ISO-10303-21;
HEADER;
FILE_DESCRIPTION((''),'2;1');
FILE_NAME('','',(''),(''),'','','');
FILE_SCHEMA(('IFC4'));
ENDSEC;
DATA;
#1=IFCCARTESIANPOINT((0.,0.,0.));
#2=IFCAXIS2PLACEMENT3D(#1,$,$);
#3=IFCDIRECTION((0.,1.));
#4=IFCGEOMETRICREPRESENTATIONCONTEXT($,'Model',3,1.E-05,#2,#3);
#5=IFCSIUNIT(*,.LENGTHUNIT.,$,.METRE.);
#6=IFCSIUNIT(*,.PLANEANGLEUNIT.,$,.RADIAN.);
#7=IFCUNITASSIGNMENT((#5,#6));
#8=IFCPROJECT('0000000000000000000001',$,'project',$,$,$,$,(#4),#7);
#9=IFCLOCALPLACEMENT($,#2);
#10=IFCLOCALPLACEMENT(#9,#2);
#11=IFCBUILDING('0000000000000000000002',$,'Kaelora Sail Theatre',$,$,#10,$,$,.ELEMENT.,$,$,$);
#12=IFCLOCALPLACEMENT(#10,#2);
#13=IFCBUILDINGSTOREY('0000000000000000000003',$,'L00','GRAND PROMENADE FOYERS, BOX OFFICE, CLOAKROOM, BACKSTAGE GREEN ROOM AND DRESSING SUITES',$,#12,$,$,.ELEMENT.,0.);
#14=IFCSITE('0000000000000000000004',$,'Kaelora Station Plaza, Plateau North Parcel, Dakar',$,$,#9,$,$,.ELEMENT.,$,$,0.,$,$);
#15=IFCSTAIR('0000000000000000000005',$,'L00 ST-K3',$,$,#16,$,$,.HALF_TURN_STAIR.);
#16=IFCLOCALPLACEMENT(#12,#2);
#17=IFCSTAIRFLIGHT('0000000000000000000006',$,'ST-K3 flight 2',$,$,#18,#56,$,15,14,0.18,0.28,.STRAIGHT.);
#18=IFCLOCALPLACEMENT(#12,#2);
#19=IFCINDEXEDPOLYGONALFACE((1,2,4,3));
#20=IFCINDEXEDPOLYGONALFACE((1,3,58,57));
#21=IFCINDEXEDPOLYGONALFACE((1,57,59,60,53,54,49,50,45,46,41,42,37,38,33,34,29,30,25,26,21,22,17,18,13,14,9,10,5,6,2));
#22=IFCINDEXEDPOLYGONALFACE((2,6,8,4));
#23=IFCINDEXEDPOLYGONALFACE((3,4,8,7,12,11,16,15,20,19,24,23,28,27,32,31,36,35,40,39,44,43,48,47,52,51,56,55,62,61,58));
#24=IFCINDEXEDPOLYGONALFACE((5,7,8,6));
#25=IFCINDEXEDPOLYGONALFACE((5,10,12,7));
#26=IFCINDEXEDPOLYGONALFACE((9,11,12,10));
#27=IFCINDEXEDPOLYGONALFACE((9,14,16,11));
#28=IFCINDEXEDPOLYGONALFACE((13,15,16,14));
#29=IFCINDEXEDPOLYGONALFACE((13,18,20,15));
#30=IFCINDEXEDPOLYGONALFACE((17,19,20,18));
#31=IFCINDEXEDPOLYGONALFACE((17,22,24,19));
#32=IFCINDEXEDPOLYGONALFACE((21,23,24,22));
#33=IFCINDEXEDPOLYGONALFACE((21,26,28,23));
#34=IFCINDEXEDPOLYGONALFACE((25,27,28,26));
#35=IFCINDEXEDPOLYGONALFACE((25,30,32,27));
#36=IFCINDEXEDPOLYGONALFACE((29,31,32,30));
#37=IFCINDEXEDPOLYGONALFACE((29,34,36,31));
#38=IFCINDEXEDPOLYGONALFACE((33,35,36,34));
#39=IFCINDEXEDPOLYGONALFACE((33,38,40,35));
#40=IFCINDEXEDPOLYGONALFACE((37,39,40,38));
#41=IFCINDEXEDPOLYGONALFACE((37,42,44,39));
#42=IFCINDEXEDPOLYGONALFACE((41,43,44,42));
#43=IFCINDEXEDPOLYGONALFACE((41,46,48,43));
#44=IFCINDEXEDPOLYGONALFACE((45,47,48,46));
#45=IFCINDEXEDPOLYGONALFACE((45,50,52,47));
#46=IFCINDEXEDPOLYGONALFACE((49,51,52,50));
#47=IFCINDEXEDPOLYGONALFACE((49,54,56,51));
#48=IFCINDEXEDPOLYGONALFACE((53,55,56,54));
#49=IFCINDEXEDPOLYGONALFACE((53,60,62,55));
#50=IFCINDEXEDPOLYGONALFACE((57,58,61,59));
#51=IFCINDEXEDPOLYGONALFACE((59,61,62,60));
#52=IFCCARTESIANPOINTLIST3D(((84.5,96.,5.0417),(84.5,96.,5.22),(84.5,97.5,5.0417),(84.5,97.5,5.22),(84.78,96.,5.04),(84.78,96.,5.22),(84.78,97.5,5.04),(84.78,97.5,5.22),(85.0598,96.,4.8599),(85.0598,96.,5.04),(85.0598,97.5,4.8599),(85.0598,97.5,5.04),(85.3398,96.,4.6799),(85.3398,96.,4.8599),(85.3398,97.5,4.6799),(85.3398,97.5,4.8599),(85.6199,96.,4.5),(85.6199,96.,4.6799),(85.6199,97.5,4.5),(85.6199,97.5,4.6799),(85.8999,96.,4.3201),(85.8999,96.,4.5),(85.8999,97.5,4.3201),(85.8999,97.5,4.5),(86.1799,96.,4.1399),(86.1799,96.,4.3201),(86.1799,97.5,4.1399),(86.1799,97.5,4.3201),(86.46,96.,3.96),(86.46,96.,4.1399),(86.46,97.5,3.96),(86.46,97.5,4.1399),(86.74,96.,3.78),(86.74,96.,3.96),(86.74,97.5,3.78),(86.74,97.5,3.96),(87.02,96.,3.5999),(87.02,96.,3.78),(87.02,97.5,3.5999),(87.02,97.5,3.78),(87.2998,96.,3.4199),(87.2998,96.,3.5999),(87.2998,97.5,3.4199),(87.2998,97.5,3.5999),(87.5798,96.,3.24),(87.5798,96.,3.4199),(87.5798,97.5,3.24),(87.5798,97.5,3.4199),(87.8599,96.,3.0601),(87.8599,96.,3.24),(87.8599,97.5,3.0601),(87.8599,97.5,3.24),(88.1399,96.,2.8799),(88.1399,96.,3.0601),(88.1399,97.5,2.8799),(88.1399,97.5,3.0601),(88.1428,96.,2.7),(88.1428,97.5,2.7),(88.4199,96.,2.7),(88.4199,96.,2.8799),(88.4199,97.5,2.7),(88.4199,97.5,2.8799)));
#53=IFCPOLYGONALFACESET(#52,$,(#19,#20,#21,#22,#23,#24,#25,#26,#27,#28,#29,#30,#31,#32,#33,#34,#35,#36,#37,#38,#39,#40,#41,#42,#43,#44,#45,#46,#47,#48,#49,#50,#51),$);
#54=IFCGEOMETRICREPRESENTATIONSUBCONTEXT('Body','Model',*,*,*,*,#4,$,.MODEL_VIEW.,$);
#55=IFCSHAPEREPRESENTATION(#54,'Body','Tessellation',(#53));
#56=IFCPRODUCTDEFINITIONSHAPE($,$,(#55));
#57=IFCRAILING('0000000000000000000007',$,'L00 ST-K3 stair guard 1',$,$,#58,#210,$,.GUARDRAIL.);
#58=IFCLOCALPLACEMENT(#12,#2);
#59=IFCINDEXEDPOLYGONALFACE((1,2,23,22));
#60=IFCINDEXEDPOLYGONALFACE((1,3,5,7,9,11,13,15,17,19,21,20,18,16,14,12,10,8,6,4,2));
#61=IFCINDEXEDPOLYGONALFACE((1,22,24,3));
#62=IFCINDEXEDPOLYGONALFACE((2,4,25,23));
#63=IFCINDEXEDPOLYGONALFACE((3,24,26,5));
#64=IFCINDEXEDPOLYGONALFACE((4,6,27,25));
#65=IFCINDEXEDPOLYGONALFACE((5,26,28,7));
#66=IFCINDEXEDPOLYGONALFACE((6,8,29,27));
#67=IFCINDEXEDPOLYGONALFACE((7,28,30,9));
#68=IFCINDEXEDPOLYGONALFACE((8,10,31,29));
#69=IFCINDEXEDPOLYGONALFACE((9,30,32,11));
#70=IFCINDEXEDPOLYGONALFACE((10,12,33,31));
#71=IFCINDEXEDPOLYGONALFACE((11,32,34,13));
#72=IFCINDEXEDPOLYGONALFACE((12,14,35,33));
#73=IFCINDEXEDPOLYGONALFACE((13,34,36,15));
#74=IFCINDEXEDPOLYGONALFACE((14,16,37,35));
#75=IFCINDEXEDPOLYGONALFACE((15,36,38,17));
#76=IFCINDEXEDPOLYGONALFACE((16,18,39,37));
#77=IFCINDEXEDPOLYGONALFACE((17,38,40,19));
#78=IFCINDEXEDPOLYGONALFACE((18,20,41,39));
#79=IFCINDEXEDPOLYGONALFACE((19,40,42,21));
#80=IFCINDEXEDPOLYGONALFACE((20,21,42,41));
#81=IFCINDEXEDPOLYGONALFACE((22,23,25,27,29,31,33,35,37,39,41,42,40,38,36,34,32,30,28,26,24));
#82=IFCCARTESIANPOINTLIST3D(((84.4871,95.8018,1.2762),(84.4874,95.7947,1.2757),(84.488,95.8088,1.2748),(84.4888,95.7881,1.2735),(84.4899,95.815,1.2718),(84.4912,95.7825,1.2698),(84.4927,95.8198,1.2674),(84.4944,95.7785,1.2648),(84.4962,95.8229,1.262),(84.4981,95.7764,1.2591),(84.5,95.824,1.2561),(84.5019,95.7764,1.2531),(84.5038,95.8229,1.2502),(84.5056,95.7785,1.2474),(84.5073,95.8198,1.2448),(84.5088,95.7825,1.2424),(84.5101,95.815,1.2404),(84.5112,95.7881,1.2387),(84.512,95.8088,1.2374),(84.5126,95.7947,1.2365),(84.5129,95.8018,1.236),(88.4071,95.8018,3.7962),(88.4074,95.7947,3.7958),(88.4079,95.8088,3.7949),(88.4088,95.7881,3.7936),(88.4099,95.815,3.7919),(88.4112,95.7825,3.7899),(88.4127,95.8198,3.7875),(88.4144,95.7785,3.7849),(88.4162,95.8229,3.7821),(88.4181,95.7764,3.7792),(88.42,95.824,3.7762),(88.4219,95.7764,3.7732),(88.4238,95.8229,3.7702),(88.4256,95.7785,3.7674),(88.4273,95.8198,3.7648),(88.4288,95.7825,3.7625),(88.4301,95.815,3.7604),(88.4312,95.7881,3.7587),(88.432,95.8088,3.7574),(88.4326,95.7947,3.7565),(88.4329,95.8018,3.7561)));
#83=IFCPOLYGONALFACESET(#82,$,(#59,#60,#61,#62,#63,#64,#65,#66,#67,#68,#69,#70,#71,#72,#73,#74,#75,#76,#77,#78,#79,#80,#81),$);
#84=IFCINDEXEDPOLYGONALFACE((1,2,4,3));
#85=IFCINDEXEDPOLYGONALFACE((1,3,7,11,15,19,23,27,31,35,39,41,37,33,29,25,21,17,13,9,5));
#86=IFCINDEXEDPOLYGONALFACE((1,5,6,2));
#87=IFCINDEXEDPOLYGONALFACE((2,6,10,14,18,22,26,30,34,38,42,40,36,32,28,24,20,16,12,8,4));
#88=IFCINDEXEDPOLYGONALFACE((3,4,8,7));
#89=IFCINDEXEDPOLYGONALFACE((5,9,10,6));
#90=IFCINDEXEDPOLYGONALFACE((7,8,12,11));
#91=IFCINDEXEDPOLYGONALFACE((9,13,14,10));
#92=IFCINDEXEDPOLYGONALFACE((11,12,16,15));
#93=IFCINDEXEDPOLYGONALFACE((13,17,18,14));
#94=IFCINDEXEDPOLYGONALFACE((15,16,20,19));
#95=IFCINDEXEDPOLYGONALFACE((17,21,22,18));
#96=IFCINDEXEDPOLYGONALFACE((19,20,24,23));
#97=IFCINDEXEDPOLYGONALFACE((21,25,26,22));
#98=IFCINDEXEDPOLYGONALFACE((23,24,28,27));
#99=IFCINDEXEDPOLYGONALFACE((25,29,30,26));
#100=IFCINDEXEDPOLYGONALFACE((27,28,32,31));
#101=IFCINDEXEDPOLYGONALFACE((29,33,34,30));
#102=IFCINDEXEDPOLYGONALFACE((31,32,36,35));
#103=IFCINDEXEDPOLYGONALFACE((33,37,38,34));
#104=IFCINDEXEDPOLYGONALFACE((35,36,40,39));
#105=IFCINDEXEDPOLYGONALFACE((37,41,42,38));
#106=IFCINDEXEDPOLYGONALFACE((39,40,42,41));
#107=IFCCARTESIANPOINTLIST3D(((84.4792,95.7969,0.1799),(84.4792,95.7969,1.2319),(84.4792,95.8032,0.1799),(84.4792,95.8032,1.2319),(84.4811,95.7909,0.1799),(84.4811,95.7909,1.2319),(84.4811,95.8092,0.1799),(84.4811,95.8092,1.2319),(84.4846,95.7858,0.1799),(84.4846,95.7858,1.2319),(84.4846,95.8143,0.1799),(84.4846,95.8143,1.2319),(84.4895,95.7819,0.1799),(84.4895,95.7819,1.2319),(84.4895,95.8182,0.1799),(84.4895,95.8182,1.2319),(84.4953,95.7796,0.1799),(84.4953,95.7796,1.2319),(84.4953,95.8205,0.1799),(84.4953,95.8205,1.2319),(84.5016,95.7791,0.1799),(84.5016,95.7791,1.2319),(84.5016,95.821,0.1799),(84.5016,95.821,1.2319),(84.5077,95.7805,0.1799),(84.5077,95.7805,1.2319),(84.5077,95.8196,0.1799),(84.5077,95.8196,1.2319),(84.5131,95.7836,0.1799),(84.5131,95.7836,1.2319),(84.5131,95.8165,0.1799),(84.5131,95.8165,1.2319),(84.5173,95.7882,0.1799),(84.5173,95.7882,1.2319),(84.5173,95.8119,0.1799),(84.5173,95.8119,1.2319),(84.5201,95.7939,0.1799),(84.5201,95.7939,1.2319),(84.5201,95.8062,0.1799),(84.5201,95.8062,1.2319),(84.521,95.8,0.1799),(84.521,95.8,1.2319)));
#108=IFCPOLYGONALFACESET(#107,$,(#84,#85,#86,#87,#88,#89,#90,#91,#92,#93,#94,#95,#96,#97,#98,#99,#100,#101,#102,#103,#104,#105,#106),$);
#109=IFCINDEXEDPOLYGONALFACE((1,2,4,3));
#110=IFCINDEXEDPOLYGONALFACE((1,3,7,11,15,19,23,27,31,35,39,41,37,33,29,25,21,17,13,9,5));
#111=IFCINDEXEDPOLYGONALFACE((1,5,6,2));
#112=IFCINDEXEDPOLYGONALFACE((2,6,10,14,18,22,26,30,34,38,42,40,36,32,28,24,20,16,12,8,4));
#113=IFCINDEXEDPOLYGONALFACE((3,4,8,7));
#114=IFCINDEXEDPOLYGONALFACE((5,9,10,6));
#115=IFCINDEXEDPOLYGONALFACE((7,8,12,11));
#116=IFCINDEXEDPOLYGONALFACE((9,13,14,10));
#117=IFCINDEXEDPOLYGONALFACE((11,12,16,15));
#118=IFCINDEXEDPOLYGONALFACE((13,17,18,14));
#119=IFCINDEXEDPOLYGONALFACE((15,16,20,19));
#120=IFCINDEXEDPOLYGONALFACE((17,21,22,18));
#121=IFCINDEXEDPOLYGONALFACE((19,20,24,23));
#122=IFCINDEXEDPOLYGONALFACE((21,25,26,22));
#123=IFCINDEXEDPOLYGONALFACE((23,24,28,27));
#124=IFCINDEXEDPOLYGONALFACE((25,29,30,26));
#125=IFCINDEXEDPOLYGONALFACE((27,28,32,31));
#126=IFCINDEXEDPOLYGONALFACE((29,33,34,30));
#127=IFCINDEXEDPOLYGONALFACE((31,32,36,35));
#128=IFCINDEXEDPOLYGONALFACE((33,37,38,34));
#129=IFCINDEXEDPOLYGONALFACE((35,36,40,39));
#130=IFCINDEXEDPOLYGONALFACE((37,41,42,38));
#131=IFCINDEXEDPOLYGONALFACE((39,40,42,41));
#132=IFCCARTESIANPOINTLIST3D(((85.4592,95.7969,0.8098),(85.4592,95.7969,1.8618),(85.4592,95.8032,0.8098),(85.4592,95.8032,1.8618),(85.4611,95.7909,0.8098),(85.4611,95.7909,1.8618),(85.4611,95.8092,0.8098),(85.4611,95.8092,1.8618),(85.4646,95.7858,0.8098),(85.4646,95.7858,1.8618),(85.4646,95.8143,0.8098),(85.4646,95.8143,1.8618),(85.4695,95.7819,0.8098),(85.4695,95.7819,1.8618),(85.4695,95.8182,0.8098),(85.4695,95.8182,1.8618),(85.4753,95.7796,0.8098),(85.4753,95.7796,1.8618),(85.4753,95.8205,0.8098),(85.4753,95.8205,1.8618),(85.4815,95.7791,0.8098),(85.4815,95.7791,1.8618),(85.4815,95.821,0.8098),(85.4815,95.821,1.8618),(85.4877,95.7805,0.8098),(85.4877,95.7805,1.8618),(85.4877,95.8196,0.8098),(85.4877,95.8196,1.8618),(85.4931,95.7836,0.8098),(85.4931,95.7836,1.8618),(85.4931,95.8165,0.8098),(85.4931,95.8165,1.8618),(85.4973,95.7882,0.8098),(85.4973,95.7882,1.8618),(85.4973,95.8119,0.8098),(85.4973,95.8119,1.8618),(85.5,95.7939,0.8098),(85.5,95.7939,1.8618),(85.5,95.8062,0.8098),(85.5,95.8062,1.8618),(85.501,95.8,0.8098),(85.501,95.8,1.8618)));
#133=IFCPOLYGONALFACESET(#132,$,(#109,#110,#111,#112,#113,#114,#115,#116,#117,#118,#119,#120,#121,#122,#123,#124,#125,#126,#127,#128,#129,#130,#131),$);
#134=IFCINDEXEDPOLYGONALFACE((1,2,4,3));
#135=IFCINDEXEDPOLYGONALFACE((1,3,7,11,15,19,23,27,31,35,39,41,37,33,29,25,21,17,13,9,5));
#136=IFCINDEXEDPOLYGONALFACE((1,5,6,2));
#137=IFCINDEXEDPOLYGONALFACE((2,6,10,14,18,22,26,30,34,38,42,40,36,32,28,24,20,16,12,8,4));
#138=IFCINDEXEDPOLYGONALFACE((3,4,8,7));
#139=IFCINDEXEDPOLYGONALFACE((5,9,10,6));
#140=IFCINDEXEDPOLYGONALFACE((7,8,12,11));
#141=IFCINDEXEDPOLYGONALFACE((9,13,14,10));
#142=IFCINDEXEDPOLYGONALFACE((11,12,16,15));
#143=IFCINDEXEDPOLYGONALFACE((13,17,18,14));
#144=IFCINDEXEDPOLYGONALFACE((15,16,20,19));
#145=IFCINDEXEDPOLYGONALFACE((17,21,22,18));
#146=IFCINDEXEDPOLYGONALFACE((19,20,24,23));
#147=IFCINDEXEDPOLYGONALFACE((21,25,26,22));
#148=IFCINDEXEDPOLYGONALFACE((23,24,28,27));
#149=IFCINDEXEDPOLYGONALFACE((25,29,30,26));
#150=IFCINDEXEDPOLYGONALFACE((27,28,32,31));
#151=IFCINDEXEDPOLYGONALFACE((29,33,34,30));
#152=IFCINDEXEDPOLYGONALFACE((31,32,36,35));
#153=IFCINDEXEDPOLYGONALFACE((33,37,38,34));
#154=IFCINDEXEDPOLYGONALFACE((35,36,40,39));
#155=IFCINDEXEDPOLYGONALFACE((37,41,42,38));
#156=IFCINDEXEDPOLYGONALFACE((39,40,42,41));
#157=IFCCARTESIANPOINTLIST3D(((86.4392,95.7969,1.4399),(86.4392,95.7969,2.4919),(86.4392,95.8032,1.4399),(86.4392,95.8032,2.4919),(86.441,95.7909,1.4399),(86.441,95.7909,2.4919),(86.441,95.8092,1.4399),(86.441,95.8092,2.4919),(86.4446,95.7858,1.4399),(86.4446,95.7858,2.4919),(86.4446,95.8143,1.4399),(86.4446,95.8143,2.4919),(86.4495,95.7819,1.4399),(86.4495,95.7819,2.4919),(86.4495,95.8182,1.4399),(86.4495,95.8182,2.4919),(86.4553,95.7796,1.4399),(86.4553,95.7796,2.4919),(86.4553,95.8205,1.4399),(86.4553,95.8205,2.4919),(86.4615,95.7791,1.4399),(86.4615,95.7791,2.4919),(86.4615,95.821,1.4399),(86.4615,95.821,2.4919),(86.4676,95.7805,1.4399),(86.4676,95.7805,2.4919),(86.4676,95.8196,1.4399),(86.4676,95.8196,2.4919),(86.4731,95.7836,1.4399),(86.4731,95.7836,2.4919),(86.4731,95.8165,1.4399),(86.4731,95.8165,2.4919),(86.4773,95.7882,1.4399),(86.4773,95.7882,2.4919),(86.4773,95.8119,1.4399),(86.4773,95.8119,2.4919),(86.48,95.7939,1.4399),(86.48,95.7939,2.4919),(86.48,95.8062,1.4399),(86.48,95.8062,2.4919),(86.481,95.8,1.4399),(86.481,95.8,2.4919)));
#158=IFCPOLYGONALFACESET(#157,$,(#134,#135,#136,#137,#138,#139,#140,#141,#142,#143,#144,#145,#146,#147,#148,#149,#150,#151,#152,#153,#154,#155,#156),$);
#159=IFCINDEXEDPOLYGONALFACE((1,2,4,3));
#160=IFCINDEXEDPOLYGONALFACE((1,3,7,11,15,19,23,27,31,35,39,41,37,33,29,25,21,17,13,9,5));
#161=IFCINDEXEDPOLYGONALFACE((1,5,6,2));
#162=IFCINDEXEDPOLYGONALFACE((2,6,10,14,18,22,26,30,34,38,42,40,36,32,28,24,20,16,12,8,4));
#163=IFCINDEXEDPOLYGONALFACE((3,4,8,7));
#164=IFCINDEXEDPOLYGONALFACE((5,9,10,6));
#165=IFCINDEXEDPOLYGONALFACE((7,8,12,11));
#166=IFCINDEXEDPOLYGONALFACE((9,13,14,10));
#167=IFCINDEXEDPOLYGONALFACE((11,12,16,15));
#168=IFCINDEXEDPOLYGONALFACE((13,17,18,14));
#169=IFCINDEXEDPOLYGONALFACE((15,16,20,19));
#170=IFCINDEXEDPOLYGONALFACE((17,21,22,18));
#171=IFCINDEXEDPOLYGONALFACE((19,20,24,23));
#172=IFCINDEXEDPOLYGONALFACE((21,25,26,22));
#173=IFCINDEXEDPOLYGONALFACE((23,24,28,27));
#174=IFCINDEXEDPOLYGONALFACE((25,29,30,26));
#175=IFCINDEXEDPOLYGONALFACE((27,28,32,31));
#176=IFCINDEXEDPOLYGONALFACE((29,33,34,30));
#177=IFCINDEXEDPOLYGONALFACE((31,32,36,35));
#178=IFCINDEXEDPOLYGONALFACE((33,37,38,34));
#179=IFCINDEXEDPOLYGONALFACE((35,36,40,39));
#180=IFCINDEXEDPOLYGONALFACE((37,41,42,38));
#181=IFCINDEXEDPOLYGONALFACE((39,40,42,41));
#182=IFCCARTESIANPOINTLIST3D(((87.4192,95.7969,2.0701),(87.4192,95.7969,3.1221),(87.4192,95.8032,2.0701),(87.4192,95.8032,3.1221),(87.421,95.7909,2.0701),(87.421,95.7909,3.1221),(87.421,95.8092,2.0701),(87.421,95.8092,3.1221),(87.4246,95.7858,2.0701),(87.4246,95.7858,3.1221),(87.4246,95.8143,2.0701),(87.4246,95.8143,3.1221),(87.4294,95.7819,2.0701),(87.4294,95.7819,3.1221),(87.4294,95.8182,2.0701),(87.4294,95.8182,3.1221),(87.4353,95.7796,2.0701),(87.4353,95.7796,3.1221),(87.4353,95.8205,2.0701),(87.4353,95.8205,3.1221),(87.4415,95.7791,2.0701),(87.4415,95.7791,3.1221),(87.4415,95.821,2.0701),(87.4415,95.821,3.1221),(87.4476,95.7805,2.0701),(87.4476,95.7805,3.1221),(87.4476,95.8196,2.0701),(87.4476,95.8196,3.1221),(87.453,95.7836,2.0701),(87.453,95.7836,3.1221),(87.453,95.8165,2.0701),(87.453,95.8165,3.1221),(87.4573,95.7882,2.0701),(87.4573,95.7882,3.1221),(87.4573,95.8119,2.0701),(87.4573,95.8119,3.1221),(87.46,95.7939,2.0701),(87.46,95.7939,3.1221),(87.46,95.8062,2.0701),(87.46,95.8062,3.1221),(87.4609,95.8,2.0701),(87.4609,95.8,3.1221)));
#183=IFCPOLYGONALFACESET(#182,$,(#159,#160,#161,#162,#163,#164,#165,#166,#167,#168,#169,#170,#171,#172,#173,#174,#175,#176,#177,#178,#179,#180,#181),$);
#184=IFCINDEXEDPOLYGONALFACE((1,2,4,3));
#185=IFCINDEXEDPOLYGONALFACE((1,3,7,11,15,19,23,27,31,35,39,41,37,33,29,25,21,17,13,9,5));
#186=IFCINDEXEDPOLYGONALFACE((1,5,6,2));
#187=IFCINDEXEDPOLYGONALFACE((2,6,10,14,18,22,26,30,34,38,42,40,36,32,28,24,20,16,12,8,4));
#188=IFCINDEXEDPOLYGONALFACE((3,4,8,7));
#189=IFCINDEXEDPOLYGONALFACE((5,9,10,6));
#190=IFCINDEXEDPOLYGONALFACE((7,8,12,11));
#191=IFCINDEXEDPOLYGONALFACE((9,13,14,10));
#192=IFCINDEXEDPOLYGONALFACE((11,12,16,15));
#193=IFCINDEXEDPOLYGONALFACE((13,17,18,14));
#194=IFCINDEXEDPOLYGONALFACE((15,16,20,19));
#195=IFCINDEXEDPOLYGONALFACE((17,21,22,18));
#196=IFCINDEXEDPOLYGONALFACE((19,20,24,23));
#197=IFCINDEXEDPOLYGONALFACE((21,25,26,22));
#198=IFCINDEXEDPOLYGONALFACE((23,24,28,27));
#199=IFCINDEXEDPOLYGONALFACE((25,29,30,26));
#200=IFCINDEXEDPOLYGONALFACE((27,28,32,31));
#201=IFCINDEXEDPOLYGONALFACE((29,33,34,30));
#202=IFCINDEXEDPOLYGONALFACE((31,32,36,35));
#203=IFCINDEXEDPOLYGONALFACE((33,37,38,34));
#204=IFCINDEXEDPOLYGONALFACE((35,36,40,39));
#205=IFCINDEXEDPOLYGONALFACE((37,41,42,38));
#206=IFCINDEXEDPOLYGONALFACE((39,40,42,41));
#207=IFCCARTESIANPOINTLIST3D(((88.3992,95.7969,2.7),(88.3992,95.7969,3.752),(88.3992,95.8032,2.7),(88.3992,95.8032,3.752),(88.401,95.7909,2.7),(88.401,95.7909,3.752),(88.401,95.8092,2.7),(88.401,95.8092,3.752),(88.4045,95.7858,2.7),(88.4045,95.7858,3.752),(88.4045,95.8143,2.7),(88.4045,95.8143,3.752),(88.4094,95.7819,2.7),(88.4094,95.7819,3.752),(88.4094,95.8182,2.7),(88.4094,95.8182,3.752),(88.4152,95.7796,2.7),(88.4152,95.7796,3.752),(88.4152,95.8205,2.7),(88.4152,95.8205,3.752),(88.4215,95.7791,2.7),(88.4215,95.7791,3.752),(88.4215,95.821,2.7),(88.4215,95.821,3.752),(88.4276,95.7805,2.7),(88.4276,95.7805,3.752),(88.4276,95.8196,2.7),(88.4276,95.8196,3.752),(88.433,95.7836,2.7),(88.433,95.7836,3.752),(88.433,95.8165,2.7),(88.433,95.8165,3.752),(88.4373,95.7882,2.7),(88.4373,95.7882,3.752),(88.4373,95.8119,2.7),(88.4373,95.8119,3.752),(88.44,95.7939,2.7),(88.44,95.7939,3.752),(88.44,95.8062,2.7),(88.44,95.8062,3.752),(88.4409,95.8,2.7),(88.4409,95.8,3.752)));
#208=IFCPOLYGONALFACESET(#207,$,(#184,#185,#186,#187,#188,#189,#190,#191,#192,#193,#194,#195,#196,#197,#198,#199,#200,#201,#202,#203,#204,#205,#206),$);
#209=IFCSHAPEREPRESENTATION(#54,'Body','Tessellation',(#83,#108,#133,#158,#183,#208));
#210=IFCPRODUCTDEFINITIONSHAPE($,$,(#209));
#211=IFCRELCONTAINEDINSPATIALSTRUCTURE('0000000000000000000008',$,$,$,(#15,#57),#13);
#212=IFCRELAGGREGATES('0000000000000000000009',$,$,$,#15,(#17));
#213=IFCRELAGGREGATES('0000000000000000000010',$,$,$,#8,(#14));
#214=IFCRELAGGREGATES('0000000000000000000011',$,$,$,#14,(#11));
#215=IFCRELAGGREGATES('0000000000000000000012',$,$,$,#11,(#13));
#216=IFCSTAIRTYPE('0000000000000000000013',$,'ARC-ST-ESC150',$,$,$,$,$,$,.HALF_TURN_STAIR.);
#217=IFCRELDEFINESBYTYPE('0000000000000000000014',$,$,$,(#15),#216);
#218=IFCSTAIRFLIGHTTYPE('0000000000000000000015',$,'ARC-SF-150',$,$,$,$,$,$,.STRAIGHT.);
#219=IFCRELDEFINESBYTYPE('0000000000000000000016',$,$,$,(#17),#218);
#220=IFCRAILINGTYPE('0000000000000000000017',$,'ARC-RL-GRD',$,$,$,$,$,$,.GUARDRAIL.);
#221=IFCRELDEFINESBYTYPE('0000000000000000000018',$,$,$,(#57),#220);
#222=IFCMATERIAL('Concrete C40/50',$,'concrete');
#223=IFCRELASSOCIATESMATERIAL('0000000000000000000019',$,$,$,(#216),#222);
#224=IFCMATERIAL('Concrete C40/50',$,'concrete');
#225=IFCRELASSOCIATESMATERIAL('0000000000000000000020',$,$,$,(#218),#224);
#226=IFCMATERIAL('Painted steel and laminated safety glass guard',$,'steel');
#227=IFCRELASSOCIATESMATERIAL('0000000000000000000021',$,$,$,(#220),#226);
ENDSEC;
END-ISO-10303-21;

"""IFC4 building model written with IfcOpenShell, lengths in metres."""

from ifc_helpers import new_model, si_unit, direction, frame, origin, origin_2d, place, context, subcontext, project, spatial, polyline, circle, outline, extrude, material, type_object, element, aggregate, save


model = new_model("IFC4")

# Units and contexts
model_context = context("Model", 3, precision=1e-05, world=origin(), true_north=direction((0.0, 1.0)))
body_context = subcontext(model_context, "Body", "Model", "MODEL_VIEW")
ifc_project = project(units=[si_unit("LENGTHUNIT", "METRE"), si_unit("PLANEANGLEUNIT", "RADIAN")], contexts=[model_context])

# Site, building, storey
site_placement = place(None, origin())
site = spatial("IfcSite", under=ifc_project, at=site_placement, Name="Kaelora Station Plaza, Plateau North Parcel, Dakar", CompositionType="ELEMENT", RefElevation=0.0)
building_placement = place(site_placement, origin())
building = spatial("IfcBuilding", under=site, at=building_placement, Name="Kaelora Sail Theatre", CompositionType="ELEMENT")
storey_placement = place(building_placement, origin())
storey = spatial("IfcBuildingStorey", under=building, at=storey_placement, Name="L00", Description="GRAND PROMENADE FOYERS, BOX OFFICE, CLOAKROOM, BACKSTAGE GREEN ROOM AND DRESSING SUITES", CompositionType="ELEMENT", Elevation=0.0)

# Stair, stair flight
ifc_material_1 = material(Name="Concrete C40/50", Category="concrete")
stair_type = type_object("IfcStairType", Name="ARC-ST-ESC150", PredefinedType="HALF_TURN_STAIR", material=ifc_material_1)
stair_placement = place(storey_placement, origin())
stair = element("IfcStair", 1, at=stair_placement, inside=storey, type_object=stair_type, Name="L00 ST-K3", PredefinedType="HALF_TURN_STAIR")
ifc_material_2 = material(Name="Concrete C40/50", Category="concrete")
stair_flight_type = type_object("IfcStairFlightType", Name="ARC-SF-150", PredefinedType="STRAIGHT", material=ifc_material_2)
stair_flight_1_placement = place(storey_placement, frame((88.4199, 96.75, 2.7), z_axis=(0.0, 0.0, 1.0), x_axis=(-1.0, 0.0, 0.0)))
stair_flight_1 = element("IfcStairFlight", 2, at=stair_flight_1_placement, type_object=stair_flight_type, Name="ST-K3 flight 2", NumberOfRisers=15, NumberOfTreads=14, PredefinedType="STRAIGHT", RiserHeight=0.18, TreadLength=0.28, context=body_context, shape_type="SweptSolid", body=[
    extrude(outline(polyline([(0.0, 0.0), (0.0, 0.1799), (0.28, 0.1799), (0.28, 0.3601), (0.5601, 0.3601), (0.5601, 0.54), (0.8401, 0.54), (0.8401, 0.72), (1.1201, 0.72), (1.1201, 0.8999), (1.3999, 0.8999), (1.3999, 1.0801), (1.6799, 1.0801), (1.6799, 1.26), (1.96, 1.26), (1.96, 1.4399), (2.24, 1.4399), (2.24, 1.6201), (2.52, 1.6201), (2.52, 1.8), (2.8, 1.8), (2.8, 1.98), (3.0801, 1.98), (3.0801, 2.1599), (3.3601, 2.1599), (3.3601, 2.3401), (3.6399, 2.3401), (3.6399, 2.52), (3.9199, 2.52), (3.9199, 2.7), (3.9199, 2.3418), (0.2771, 0.0), (0.0, 0.0)])), frame((0.0, 0.75, 0.0), z_axis=(0.0, -1.0, 0.0), x_axis=(1.0, 0.0, 0.0)), (0.0, 0.0, 1.0), 1.5),
])
aggregate(stair, [stair_flight_1])

# Railing
ifc_material_3 = material(Name="Painted steel and laminated safety glass guard", Category="steel")
railing_type_1 = type_object("IfcRailingType", Name="ARC-RL-GRD", PredefinedType="GUARDRAIL", material=ifc_material_3)
railing_1_placement = place(storey_placement, frame((84.5, 95.8, 0.1799)))
element("IfcRailing", 3, at=railing_1_placement, inside=storey, type_object=railing_type_1, Name="L00 ST-K3 stair guard 1", PredefinedType="GUARDRAIL", context=body_context, shape_type="SweptSolid", body=[
    extrude(circle(Radius=0.0239, at=origin_2d()), frame((0.0, 0.0, 1.0762), z_axis=(0.841172, 0.0, 0.540768), x_axis=(0.0, 1.0, 0.0)), (0.0, 0.0, 1.0), 4.6602),
    extrude(circle(Radius=0.021, at=origin_2d()), origin(), (0.0, 0.0, 1.0), 1.052),
    extrude(circle(Radius=0.021, at=origin_2d()), frame((0.98, 0.0, 0.6299)), (0.0, 0.0, 1.0), 1.052),
    extrude(circle(Radius=0.021, at=origin_2d()), frame((1.96, 0.0, 1.26)), (0.0, 0.0, 1.0), 1.052),
    extrude(circle(Radius=0.021, at=origin_2d()), frame((2.9399, 0.0, 1.8901)), (0.0, 0.0, 1.0), 1.052),
    extrude(circle(Radius=0.021, at=origin_2d()), frame((3.9199, 0.0, 2.52)), (0.0, 0.0, 1.0), 1.052),
])

save(model, "model.ifc")
